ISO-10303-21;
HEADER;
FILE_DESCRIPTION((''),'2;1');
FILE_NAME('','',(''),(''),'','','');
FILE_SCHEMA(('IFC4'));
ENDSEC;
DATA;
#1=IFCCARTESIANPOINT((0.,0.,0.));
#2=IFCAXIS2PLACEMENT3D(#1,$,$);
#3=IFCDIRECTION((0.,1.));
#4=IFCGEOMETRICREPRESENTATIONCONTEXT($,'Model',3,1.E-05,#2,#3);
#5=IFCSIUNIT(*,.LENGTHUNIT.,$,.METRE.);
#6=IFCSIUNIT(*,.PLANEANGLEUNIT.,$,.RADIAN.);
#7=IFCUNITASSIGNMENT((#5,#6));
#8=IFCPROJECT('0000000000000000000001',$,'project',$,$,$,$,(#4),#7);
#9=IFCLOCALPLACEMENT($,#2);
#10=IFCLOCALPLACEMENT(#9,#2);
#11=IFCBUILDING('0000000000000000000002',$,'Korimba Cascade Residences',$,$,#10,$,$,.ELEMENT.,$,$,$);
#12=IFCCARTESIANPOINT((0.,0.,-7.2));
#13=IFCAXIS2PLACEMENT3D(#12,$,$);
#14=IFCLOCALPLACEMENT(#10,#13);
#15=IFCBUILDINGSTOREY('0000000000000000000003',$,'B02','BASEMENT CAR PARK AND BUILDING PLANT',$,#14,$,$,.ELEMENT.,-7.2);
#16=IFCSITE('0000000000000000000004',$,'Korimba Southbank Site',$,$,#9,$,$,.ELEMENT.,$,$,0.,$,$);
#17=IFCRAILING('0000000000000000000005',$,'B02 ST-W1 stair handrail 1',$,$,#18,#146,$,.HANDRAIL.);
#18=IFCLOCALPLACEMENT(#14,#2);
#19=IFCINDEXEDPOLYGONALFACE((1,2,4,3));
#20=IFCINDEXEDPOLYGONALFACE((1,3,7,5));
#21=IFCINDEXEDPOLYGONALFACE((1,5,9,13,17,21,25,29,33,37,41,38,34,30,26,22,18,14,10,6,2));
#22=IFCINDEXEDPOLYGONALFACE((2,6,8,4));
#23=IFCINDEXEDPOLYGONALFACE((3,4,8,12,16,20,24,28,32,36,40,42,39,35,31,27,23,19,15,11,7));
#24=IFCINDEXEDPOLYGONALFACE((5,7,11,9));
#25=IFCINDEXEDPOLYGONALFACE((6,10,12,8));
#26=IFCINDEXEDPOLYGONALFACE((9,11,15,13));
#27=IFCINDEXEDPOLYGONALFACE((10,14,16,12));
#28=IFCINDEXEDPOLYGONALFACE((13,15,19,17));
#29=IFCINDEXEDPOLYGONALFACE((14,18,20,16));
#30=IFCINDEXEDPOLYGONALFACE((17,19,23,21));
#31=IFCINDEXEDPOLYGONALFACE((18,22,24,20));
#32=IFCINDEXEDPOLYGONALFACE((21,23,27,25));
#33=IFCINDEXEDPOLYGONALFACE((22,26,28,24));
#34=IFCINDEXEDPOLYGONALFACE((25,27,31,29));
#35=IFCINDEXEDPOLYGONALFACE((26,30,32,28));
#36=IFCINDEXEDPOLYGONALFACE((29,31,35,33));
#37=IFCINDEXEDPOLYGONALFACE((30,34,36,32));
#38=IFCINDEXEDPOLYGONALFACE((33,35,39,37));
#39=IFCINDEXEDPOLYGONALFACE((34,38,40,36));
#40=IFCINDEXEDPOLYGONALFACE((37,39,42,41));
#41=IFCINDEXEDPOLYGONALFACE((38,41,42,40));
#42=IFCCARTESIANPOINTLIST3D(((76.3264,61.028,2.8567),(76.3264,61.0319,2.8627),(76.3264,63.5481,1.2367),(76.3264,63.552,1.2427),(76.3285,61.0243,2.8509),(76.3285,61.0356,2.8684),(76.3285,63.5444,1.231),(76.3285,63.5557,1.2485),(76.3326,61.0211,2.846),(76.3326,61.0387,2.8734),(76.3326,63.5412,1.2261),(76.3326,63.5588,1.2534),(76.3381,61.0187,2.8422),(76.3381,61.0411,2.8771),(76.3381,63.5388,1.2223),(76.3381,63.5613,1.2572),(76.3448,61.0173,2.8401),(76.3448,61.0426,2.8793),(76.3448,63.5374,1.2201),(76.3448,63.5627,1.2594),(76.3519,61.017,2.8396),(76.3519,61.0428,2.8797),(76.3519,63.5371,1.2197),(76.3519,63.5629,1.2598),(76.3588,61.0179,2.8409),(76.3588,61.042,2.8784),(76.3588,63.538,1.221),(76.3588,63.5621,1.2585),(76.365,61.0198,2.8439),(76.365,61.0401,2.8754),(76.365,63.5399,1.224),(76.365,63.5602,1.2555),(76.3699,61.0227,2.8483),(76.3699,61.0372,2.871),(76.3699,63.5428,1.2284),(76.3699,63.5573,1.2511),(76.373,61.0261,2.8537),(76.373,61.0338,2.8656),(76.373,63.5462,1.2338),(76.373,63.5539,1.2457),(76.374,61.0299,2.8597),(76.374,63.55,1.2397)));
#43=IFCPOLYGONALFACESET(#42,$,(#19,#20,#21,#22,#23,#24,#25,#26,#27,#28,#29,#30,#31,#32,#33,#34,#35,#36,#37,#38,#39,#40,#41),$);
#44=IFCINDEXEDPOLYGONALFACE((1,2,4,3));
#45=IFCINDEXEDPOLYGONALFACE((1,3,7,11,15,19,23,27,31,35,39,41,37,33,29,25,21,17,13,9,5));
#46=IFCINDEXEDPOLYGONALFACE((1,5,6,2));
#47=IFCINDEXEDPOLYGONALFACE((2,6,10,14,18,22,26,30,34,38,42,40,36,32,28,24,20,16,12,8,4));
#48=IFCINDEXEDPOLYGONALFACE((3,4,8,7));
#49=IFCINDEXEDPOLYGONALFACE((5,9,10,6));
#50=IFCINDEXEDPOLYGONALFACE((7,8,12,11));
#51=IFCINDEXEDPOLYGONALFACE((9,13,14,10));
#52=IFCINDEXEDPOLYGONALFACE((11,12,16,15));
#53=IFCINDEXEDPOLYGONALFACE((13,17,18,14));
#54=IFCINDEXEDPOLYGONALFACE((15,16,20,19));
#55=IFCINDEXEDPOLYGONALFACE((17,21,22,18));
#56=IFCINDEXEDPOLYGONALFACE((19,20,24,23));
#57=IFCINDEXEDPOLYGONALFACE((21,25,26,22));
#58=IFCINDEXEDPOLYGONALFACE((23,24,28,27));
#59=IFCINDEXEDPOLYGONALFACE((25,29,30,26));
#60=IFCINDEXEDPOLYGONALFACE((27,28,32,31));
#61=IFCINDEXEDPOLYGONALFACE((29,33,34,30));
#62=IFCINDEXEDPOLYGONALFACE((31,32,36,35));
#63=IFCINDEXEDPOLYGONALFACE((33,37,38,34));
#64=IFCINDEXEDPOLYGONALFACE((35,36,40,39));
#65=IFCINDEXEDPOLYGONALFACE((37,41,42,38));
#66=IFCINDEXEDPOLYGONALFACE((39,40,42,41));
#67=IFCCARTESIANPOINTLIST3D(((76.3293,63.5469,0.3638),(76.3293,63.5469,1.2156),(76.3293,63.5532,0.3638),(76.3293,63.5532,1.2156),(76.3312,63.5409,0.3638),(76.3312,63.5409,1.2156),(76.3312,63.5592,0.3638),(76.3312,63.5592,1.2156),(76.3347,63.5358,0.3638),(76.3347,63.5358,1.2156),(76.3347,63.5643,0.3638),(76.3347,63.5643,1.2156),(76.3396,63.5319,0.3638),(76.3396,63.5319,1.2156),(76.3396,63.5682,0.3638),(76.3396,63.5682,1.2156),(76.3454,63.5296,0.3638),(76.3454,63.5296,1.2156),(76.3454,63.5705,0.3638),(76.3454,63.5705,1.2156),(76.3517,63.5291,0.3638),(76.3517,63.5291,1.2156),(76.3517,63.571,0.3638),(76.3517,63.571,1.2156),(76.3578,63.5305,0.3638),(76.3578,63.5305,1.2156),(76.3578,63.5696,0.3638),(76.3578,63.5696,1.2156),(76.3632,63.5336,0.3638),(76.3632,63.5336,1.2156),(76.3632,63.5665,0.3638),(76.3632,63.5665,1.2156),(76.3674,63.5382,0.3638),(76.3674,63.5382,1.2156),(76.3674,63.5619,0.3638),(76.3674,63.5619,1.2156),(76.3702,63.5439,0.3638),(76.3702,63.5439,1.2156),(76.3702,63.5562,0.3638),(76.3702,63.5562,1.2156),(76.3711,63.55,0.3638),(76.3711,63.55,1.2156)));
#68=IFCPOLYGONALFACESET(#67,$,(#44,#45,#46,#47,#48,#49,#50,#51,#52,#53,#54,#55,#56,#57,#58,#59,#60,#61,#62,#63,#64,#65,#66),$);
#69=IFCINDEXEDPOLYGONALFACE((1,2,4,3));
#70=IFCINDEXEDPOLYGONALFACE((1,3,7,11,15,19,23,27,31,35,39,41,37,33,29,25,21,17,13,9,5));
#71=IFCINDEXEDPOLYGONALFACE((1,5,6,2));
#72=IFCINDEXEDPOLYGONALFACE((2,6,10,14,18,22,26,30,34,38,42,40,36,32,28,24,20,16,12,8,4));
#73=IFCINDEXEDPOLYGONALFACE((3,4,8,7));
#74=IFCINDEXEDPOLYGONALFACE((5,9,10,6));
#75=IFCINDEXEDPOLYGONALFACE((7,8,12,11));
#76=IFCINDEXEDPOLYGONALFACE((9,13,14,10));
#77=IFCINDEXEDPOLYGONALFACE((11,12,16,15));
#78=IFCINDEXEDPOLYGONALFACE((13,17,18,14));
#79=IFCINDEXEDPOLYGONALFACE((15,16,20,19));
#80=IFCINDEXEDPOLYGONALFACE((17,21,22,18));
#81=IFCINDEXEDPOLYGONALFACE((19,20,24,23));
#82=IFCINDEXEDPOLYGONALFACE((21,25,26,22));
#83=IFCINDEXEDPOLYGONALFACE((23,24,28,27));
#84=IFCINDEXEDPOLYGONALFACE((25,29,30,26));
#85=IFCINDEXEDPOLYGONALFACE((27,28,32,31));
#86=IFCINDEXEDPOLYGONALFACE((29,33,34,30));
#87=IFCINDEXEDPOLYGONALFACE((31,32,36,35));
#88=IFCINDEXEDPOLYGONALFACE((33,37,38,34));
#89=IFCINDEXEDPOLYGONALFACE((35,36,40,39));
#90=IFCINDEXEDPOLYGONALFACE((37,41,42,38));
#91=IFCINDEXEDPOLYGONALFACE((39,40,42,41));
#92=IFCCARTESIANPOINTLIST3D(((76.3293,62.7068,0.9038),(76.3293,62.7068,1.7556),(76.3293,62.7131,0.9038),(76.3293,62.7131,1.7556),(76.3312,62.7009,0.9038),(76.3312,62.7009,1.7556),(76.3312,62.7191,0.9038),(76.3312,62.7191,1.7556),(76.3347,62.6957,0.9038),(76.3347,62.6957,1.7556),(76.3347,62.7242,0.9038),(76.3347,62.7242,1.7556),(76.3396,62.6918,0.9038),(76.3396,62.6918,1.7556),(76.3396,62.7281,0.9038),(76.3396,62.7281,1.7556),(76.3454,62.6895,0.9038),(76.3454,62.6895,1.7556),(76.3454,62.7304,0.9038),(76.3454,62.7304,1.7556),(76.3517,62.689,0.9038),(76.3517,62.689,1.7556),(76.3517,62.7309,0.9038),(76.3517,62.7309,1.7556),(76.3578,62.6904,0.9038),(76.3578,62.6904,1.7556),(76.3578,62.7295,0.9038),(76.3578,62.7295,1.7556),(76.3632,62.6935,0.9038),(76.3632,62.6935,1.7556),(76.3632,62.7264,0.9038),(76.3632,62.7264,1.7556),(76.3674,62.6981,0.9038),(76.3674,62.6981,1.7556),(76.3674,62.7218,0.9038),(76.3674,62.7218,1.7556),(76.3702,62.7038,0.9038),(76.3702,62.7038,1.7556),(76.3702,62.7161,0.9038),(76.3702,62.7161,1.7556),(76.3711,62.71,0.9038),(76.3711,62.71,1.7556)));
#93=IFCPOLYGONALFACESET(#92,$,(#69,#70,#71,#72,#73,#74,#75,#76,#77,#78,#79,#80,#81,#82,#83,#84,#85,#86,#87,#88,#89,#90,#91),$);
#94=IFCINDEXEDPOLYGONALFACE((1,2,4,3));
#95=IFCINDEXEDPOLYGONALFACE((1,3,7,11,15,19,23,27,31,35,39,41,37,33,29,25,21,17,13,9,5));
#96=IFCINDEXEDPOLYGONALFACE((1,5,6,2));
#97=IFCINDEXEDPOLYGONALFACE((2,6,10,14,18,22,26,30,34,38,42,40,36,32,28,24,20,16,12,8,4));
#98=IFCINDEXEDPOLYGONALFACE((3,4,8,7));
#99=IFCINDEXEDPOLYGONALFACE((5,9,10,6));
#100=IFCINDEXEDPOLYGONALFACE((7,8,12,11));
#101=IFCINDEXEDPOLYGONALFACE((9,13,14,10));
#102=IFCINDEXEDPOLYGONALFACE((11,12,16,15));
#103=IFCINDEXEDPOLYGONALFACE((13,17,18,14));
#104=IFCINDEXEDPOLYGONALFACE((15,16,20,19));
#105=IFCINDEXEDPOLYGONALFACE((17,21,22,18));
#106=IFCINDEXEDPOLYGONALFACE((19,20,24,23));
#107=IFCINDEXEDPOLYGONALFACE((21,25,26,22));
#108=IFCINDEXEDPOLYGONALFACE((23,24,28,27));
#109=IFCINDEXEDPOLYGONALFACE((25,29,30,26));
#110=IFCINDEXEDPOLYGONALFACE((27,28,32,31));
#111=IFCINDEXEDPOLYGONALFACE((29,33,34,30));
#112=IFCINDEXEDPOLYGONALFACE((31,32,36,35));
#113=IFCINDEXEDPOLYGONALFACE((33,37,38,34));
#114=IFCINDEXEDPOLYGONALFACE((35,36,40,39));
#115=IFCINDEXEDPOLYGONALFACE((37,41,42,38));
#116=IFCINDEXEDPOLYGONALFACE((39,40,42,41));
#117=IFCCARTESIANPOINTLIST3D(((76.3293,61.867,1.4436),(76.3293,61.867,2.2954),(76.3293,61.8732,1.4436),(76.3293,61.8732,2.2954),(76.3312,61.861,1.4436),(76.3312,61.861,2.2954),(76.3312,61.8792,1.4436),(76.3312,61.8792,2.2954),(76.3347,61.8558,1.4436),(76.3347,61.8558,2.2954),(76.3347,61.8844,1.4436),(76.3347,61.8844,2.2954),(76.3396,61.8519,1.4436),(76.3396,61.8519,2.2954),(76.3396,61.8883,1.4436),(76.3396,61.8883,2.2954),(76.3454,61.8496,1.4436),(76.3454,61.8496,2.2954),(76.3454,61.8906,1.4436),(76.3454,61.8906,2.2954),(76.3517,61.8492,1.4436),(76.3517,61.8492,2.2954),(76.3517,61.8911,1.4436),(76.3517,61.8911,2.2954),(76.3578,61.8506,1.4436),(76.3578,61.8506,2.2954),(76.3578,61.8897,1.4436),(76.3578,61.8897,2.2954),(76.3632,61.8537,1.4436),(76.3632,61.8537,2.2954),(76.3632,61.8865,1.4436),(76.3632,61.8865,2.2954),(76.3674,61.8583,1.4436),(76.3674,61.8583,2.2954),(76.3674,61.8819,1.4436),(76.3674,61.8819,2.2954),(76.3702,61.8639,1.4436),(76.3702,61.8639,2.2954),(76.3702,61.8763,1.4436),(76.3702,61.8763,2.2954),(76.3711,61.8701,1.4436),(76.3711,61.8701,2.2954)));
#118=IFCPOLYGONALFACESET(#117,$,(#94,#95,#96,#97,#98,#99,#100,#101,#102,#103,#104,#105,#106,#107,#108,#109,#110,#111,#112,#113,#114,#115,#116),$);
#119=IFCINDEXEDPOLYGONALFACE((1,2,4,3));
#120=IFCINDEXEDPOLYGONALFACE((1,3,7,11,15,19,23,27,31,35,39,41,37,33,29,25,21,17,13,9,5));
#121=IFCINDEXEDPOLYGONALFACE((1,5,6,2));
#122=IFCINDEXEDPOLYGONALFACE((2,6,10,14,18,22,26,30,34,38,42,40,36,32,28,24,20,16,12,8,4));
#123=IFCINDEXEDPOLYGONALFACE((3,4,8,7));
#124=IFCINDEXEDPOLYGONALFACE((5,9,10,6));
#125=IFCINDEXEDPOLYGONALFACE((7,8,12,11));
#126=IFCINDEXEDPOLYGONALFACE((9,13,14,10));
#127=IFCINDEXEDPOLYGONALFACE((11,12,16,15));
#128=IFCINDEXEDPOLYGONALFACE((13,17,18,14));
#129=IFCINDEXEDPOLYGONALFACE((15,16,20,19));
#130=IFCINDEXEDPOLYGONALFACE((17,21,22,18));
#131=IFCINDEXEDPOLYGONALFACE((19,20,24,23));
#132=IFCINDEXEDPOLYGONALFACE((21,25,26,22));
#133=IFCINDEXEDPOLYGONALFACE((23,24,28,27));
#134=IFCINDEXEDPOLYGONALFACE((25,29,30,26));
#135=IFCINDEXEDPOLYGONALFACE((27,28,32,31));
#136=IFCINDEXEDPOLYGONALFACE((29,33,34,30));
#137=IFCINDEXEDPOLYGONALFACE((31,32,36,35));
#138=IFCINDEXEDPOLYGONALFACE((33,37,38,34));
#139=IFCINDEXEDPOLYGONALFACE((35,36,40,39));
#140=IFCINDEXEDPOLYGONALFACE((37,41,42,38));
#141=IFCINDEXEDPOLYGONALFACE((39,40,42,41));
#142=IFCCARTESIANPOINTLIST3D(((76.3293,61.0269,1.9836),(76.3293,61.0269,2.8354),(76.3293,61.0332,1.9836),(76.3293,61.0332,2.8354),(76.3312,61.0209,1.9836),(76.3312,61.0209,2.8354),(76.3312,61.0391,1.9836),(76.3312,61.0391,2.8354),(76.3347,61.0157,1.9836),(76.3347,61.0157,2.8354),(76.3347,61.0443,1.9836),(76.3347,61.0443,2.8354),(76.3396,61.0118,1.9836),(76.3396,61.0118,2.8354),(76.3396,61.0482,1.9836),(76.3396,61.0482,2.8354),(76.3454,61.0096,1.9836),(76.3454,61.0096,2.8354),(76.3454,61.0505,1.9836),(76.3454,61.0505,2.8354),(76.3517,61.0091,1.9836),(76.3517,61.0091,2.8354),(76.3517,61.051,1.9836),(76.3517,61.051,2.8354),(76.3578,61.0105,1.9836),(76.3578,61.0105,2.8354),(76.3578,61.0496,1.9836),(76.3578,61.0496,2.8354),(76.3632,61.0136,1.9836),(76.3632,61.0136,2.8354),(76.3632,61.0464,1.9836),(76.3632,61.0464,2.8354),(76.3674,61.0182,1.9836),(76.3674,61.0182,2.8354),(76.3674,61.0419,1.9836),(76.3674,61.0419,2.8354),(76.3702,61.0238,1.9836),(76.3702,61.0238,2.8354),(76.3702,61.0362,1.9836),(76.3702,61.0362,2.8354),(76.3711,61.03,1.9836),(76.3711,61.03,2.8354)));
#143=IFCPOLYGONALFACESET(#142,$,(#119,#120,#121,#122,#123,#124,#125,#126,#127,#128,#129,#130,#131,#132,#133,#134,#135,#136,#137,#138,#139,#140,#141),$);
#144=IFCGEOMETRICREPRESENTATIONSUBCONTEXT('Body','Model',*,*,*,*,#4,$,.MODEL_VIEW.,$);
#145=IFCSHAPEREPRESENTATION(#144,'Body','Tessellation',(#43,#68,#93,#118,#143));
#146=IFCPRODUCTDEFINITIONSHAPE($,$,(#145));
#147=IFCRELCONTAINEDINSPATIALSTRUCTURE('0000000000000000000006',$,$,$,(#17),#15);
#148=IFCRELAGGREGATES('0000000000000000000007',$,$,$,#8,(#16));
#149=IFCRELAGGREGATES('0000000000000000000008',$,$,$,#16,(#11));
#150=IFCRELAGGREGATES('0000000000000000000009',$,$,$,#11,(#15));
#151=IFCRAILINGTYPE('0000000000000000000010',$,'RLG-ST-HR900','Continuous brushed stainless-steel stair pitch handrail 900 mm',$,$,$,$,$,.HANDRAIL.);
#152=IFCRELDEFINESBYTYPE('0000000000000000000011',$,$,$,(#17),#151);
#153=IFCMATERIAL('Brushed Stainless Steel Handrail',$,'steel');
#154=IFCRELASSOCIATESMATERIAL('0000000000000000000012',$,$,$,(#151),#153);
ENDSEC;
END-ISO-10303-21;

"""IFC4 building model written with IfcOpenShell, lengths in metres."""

from ifc_helpers import new_model, si_unit, direction, frame, origin, origin_2d, place, context, subcontext, project, spatial, circle, extrude, material, type_object, element, save


model = new_model("IFC4")

# Units and contexts
model_context = context("Model", 3, precision=1e-05, world=origin(), true_north=direction((0.0, 1.0)))
body_context = subcontext(model_context, "Body", "Model", "MODEL_VIEW")
ifc_project = project(units=[si_unit("LENGTHUNIT", "METRE"), si_unit("PLANEANGLEUNIT", "RADIAN")], contexts=[model_context])

# Site, building, storey
site_placement = place(None, origin())
site = spatial("IfcSite", under=ifc_project, at=site_placement, Name="Korimba Southbank Site", CompositionType="ELEMENT", RefElevation=0.0)
building_placement = place(site_placement, origin())
building = spatial("IfcBuilding", under=site, at=building_placement, Name="Korimba Cascade Residences", CompositionType="ELEMENT")
storey_placement = place(building_placement, frame((0.0, 0.0, -7.2)))
storey = spatial("IfcBuildingStorey", under=building, at=storey_placement, Name="B02", Description="BASEMENT CAR PARK AND BUILDING PLANT", CompositionType="ELEMENT", Elevation=-7.2)

# Railing
ifc_material_1 = material(Name="Brushed Stainless Steel Handrail", Category="steel")
railing_type = type_object("IfcRailingType", Name="RLG-ST-HR900", Description="Continuous brushed stainless-steel stair pitch handrail 900 mm", PredefinedType="HANDRAIL", material=ifc_material_1)
railing_placement = place(storey_placement, frame((76.3501, 63.55, 0.3638)))
element("IfcRailing", 1, at=railing_placement, inside=storey, type_object=railing_type, Name="B02 ST-W1 stair handrail 1", PredefinedType="HANDRAIL", context=body_context, shape_type="SweptSolid", body=[
    extrude(circle(Radius=0.0239, at=origin_2d()), frame((0.0, 0.0, 0.876), z_axis=(0.0, -0.8412, 0.540725), x_axis=(1.0, 0.0, 0.0)), (0.0, 0.0, 1.0), 2.9958),
    extrude(circle(Radius=0.021, at=origin_2d()), origin(), (0.0, 0.0, 1.0), 0.8518),
    extrude(circle(Radius=0.021, at=origin_2d()), frame((0.0, -0.8401, 0.54)), (0.0, 0.0, 1.0), 0.8518),
    extrude(circle(Radius=0.021, at=origin_2d()), frame((0.0, -1.6799, 1.0798)), (0.0, 0.0, 1.0), 0.8518),
    extrude(circle(Radius=0.021, at=origin_2d()), frame((0.0, -2.52, 1.6199)), (0.0, 0.0, 1.0), 0.8518),
])

save(model, "model.ifc")
